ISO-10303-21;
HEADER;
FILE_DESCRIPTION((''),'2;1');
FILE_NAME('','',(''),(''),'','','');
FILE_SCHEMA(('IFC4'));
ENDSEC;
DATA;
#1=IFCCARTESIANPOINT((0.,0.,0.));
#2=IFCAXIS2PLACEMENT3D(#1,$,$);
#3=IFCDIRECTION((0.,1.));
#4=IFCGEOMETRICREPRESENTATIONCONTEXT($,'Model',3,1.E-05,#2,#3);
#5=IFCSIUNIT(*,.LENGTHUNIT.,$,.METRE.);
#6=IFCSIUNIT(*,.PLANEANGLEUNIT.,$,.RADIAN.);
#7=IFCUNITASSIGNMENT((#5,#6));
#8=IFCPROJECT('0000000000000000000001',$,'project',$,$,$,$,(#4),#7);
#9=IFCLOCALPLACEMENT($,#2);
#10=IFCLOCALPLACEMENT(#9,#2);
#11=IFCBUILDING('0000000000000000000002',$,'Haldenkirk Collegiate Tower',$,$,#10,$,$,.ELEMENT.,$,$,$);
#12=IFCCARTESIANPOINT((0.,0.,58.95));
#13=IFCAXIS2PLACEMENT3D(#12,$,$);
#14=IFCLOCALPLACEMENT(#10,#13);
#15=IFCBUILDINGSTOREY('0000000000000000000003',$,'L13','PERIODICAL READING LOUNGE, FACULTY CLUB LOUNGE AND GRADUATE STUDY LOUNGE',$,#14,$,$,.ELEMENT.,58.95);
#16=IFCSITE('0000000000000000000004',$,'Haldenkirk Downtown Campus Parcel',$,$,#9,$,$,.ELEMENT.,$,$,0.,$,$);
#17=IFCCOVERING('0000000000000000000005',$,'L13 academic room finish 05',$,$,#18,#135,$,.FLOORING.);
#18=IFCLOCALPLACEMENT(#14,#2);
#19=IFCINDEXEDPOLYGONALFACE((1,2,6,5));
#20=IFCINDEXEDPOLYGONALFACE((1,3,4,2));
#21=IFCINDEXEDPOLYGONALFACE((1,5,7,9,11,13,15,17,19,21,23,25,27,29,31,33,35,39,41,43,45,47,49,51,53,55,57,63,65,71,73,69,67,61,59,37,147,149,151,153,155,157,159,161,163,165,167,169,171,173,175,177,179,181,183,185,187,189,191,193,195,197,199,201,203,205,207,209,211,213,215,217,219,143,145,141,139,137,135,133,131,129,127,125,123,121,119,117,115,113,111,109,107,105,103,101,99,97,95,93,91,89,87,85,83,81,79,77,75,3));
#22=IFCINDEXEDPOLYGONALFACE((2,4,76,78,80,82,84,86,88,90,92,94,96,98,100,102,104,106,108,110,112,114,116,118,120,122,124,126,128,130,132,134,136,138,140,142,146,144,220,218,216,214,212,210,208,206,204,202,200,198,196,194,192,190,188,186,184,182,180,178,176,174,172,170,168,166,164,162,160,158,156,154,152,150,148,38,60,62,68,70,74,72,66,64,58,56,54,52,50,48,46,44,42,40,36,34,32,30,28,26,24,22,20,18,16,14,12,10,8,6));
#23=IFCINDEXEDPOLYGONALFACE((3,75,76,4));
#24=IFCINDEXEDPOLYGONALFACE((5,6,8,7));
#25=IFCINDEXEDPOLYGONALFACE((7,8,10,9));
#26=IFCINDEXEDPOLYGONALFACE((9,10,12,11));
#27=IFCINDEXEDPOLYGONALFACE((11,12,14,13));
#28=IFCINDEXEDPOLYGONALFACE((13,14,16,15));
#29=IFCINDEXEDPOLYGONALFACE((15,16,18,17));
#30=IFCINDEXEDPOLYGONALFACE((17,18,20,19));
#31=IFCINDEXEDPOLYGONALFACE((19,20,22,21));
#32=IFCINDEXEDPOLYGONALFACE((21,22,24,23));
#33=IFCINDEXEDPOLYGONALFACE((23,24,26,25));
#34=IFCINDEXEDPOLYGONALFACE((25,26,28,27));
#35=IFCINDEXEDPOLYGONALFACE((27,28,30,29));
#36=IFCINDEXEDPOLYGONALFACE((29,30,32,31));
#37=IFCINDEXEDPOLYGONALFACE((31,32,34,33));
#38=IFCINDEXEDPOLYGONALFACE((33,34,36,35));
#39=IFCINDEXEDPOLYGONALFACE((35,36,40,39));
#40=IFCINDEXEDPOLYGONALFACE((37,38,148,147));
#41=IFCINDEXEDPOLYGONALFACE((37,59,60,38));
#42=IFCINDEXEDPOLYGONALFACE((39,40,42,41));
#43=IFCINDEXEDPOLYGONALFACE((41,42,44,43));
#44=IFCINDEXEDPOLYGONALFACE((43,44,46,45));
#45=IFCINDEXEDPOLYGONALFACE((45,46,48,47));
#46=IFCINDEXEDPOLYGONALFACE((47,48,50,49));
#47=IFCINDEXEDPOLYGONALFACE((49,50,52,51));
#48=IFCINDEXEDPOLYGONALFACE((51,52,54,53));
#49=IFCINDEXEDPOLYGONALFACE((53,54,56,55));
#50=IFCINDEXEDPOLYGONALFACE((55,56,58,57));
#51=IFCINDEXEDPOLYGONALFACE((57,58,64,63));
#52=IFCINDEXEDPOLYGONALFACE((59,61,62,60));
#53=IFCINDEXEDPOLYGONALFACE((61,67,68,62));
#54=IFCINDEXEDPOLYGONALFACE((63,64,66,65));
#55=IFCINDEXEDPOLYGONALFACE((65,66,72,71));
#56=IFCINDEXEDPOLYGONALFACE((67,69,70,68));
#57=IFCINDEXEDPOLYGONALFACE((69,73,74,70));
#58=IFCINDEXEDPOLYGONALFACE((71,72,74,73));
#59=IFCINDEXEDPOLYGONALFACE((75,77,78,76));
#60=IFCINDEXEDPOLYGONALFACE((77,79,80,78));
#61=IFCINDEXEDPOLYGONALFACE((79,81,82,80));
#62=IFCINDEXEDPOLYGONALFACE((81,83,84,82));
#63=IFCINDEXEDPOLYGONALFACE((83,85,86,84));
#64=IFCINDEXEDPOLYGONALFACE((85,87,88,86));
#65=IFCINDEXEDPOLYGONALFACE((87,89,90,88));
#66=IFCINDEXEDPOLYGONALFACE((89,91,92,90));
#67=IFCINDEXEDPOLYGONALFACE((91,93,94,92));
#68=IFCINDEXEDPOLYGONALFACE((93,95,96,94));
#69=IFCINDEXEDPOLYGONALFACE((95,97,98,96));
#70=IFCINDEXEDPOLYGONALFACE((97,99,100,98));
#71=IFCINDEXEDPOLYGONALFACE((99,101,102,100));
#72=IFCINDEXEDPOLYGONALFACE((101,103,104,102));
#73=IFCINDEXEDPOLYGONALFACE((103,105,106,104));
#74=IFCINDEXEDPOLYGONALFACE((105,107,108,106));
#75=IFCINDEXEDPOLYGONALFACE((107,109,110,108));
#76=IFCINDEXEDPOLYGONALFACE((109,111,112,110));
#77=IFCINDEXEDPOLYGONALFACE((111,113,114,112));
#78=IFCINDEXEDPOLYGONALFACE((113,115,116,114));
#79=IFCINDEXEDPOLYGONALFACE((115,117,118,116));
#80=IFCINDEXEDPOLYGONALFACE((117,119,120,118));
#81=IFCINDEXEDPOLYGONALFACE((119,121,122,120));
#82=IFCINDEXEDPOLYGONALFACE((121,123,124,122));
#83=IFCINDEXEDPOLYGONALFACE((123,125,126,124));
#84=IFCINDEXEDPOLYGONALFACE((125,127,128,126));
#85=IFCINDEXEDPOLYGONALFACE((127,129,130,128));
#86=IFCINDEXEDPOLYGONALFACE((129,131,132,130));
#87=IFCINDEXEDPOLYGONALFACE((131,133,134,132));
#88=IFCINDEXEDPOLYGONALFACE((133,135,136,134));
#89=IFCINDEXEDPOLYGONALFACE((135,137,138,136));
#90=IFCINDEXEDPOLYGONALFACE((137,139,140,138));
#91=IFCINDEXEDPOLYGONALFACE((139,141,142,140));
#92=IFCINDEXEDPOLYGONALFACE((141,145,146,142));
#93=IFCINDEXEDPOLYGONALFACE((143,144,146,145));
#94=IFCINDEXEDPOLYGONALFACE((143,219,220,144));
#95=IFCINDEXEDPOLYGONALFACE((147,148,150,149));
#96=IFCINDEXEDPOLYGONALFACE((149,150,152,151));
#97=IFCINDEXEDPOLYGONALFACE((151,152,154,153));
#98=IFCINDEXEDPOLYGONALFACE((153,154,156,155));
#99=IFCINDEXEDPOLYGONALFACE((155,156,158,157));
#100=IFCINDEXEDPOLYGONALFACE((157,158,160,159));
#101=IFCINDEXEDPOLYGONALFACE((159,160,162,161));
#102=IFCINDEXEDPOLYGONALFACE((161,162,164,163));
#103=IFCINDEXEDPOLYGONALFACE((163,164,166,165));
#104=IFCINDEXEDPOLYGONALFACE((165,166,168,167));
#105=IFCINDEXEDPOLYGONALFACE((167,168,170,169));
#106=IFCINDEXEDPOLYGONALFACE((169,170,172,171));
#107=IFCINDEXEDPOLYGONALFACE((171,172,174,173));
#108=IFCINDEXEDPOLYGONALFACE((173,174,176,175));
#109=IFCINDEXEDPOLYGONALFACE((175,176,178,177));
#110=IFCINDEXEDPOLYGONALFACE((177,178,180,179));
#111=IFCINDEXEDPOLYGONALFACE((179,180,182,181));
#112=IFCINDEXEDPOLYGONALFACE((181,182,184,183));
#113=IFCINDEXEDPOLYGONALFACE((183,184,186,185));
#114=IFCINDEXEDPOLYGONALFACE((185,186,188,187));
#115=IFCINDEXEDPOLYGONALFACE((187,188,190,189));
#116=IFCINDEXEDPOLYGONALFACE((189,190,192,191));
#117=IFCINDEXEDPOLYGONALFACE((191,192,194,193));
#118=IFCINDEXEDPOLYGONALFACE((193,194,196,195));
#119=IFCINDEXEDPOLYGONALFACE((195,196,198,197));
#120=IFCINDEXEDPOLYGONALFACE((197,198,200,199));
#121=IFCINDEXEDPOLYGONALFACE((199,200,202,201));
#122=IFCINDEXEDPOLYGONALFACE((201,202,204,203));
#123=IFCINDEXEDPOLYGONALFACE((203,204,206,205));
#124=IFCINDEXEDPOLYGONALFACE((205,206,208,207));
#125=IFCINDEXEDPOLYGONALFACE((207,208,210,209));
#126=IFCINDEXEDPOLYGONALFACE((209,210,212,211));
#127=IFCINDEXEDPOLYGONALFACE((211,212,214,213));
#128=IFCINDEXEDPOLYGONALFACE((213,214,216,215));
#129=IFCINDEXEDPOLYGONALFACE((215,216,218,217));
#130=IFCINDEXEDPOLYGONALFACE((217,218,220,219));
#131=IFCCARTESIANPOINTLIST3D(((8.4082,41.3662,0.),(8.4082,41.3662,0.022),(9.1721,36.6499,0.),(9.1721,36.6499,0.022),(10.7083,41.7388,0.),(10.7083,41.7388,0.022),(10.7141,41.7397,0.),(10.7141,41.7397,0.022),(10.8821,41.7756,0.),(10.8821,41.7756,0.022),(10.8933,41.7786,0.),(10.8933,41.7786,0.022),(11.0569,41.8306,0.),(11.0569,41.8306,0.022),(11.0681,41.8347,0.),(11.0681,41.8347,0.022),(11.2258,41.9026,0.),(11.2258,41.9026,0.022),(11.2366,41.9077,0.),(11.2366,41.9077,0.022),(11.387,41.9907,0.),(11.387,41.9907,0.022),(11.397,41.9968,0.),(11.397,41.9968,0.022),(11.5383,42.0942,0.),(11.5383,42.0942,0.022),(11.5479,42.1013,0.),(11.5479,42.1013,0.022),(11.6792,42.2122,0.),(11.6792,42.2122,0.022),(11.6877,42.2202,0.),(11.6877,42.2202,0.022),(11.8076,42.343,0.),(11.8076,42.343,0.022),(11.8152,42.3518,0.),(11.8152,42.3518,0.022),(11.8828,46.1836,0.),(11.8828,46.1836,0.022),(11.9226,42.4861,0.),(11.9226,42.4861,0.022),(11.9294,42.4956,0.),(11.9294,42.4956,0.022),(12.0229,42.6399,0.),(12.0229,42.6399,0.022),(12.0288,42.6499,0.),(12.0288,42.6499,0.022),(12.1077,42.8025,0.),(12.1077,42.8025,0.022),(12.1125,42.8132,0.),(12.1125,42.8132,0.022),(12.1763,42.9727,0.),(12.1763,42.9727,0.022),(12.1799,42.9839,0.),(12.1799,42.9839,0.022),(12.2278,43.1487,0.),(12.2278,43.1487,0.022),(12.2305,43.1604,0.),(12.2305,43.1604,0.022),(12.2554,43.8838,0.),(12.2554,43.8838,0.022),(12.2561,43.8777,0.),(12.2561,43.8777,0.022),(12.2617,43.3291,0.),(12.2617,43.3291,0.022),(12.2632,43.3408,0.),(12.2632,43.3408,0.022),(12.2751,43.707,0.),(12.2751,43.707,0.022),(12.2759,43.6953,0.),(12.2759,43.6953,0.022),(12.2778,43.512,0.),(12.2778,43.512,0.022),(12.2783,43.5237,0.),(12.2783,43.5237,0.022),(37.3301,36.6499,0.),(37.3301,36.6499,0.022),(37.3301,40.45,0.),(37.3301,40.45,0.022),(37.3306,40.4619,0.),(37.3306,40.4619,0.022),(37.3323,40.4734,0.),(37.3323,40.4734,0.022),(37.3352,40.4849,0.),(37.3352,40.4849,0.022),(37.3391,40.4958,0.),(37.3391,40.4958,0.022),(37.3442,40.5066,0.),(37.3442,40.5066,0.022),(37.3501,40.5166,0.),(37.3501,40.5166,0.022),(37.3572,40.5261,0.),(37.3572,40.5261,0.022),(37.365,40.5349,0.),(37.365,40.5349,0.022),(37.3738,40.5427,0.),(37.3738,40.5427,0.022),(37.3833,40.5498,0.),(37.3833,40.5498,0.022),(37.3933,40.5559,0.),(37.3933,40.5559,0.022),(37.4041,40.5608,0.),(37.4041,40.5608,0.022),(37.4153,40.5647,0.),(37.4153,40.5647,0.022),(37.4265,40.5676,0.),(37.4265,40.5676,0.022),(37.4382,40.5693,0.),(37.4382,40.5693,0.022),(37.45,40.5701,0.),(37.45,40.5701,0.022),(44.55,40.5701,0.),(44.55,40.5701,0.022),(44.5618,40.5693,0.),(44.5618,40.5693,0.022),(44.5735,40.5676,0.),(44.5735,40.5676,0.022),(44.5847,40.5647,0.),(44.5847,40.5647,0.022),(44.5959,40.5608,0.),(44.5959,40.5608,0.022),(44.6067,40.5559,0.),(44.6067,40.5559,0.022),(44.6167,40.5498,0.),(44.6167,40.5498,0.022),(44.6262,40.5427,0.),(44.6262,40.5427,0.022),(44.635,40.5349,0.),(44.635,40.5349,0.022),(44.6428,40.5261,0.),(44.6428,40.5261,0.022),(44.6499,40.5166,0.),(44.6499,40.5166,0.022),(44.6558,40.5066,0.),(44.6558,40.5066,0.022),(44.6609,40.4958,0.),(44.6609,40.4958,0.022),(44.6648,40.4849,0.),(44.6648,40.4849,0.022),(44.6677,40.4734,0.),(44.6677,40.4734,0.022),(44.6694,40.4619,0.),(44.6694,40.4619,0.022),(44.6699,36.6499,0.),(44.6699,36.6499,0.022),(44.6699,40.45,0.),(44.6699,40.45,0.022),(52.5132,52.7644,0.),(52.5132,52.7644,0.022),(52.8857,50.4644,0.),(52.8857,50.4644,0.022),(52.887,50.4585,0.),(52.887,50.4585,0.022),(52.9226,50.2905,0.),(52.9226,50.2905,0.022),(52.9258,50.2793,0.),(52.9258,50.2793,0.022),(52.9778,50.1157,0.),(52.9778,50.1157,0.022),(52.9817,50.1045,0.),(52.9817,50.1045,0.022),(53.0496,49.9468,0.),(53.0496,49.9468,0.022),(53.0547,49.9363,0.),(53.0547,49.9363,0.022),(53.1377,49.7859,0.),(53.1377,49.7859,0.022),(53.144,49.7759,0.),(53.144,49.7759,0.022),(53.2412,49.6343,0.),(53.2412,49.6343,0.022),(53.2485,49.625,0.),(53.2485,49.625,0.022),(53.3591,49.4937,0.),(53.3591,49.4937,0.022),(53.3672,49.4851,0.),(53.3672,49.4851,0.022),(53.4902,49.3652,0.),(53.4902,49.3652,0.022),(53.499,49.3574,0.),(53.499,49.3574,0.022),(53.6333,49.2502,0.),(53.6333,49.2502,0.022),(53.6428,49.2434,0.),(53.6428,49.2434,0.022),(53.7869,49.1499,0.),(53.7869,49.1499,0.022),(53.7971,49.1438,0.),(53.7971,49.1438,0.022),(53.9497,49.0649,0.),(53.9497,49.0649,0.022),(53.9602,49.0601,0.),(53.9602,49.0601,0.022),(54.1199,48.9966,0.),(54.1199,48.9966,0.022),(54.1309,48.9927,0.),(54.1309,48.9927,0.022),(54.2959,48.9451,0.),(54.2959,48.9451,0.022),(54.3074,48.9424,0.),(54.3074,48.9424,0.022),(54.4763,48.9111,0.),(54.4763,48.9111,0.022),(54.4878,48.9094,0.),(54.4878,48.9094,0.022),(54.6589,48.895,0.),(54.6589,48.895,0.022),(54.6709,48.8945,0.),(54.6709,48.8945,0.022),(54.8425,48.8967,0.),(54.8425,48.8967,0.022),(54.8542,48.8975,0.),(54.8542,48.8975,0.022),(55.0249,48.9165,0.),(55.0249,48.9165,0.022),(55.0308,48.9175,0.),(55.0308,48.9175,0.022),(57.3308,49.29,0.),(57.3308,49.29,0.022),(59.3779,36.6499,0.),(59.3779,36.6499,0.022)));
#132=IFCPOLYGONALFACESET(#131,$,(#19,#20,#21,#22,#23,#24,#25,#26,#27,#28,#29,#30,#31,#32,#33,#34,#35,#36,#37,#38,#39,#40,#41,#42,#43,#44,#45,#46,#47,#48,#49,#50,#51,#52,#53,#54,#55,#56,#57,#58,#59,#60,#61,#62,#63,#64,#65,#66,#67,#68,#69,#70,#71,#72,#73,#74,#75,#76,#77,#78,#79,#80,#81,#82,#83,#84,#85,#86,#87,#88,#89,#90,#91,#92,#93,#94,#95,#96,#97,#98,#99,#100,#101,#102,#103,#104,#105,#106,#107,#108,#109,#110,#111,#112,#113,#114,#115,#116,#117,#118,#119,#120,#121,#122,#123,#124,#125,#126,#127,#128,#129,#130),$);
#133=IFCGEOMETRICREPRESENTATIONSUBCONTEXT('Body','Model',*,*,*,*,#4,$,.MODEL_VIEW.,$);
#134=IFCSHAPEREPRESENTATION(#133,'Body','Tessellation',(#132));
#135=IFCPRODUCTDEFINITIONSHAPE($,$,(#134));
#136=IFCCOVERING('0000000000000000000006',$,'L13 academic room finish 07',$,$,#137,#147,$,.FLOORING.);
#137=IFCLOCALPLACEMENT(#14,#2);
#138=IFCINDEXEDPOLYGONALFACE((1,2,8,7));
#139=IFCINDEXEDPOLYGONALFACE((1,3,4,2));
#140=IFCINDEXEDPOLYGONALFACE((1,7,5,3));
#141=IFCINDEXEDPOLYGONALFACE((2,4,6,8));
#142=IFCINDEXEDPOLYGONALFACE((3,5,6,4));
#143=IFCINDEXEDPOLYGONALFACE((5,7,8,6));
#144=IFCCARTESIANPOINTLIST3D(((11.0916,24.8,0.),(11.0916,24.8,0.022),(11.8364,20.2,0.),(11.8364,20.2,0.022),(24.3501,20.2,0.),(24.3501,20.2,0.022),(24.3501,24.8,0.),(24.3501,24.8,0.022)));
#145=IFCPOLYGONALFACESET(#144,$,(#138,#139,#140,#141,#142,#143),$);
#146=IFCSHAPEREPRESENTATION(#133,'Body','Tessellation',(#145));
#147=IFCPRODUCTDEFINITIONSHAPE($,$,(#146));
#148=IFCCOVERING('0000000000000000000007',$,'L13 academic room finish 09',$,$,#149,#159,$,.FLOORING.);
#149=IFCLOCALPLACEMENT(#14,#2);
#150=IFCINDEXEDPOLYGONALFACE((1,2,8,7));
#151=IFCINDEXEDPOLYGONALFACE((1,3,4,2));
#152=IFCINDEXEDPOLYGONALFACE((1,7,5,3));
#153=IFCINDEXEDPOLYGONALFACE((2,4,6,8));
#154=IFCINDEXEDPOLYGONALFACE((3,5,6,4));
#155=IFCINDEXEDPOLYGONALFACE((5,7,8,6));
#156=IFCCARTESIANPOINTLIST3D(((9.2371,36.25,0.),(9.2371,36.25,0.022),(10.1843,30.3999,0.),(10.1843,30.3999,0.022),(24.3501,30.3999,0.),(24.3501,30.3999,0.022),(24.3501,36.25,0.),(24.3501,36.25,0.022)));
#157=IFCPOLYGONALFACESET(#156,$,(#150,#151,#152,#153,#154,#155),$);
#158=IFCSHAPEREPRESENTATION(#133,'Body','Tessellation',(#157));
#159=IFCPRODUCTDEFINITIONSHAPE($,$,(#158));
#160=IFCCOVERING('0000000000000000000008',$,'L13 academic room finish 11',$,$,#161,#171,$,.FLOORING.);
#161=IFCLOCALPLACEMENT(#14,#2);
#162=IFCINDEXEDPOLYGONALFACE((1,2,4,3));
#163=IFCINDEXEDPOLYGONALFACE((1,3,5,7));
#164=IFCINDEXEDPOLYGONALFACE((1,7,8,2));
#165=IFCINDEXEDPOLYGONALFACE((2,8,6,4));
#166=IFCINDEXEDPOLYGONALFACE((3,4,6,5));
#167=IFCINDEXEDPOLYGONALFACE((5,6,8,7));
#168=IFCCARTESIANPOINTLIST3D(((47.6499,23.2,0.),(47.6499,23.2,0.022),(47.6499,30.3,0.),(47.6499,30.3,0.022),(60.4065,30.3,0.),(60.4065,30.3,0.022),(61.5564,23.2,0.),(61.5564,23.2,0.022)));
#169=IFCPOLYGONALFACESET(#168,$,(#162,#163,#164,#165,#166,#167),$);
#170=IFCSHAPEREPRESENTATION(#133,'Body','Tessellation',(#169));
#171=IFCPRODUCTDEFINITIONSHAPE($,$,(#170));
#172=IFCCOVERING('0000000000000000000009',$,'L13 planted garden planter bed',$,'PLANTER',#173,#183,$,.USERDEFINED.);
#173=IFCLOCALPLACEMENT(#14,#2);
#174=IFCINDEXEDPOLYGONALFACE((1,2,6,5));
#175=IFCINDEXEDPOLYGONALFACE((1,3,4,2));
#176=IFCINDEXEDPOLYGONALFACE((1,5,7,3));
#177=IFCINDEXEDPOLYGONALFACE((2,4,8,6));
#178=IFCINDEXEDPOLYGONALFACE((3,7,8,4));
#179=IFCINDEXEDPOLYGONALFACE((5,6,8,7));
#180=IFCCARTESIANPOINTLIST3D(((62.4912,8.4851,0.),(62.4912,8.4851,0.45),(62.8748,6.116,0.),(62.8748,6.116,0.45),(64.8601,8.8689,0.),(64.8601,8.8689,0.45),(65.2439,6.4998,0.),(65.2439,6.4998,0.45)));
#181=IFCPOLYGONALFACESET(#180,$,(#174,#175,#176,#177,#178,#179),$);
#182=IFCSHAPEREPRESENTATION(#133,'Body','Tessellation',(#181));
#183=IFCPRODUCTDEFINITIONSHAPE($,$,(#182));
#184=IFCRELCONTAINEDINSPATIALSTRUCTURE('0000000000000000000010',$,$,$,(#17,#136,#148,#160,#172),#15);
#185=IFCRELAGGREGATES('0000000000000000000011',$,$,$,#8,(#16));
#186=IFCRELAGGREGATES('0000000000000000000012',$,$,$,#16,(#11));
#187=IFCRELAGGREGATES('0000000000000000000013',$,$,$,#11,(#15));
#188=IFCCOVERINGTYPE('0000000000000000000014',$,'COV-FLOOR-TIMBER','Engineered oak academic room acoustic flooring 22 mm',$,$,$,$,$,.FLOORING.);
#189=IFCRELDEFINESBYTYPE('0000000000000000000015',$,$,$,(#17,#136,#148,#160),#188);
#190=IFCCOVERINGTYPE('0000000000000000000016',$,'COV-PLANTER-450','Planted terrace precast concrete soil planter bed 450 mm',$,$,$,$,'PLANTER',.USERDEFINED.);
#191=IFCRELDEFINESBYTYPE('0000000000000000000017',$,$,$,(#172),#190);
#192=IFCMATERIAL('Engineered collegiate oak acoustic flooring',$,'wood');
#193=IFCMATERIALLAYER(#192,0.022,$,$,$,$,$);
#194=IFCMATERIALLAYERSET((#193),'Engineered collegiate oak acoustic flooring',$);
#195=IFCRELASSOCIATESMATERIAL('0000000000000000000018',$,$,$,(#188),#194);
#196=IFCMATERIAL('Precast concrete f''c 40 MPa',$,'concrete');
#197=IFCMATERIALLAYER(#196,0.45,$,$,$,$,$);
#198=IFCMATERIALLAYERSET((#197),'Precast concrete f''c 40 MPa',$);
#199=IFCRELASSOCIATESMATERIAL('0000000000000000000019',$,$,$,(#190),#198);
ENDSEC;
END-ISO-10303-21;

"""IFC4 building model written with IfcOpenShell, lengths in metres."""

from ifc_helpers import new_model, si_unit, direction, frame, origin, place, context, subcontext, project, spatial, polyline, outline, extrude, material, layer, layer_set, type_object, element, save


model = new_model("IFC4")

# Units and contexts
model_context = context("Model", 3, precision=1e-05, world=origin(), true_north=direction((0.0, 1.0)))
body_context = subcontext(model_context, "Body", "Model", "MODEL_VIEW")
ifc_project = project(units=[si_unit("LENGTHUNIT", "METRE"), si_unit("PLANEANGLEUNIT", "RADIAN")], contexts=[model_context])

# Site, building, storey
site_placement = place(None, origin())
site = spatial("IfcSite", under=ifc_project, at=site_placement, Name="Haldenkirk Downtown Campus Parcel", CompositionType="ELEMENT", RefElevation=0.0)
building_placement = place(site_placement, origin())
building = spatial("IfcBuilding", under=site, at=building_placement, Name="Haldenkirk Collegiate Tower", CompositionType="ELEMENT")
storey_placement = place(building_placement, frame((0.0, 0.0, 58.95)))
storey = spatial("IfcBuildingStorey", under=building, at=storey_placement, Name="L13", Description="PERIODICAL READING LOUNGE, FACULTY CLUB LOUNGE AND GRADUATE STUDY LOUNGE", CompositionType="ELEMENT", Elevation=58.95)

# Shared definitions
ifc_material_1 = material(Name="Precast concrete f'c 40 MPa", Category="concrete")

# Coverings
ifc_material_2 = material(Name="Engineered collegiate oak acoustic flooring", Category="wood")
ifc_layer_1 = layer(ifc_material_2, 0.022)
ifc_layer_set_1 = layer_set([ifc_layer_1], Name="Engineered collegiate oak acoustic flooring")
covering_type_1 = type_object("IfcCoveringType", Name="COV-FLOOR-TIMBER", Description="Engineered oak academic room acoustic flooring 22 mm", PredefinedType="FLOORING", material=ifc_layer_set_1)
covering_1_placement = place(storey_placement, origin())
element("IfcCovering", 1, at=covering_1_placement, inside=storey, type_object=covering_type_1, Name="L13 academic room finish 05", PredefinedType="FLOORING", context=body_context, shape_type="SweptSolid", body=[
    extrude(outline(polyline([(10.7083, 41.7388), (10.7141, 41.7397), (10.8821, 41.7756), (10.8933, 41.7786), (11.0569, 41.8306), (11.0681, 41.8347), (11.2258, 41.9026), (11.2366, 41.9077), (11.387, 41.9907), (11.397, 41.9968), (11.5383, 42.0942), (11.5479, 42.1013), (11.6792, 42.2122), (11.6877, 42.2202), (11.8076, 42.343), (11.8152, 42.3518), (11.9226, 42.4861), (11.9294, 42.4956), (12.0229, 42.6399), (12.0288, 42.6499), (12.1077, 42.8025), (12.1125, 42.8132), (12.1763, 42.9727), (12.1799, 42.9839), (12.2278, 43.1487), (12.2305, 43.1604), (12.2617, 43.3291), (12.2632, 43.3408), (12.2778, 43.512), (12.2783, 43.5237), (12.2759, 43.6953), (12.2751, 43.707), (12.2561, 43.8777), (12.2554, 43.8838), (11.8828, 46.1836), (52.5132, 52.7644), (52.8857, 50.4644), (52.887, 50.4585), (52.9226, 50.2905), (52.9258, 50.2793), (52.9778, 50.1157), (52.9817, 50.1045), (53.0496, 49.9468), (53.0547, 49.9363), (53.1377, 49.7859), (53.144, 49.7759), (53.2412, 49.6343), (53.2485, 49.625), (53.3591, 49.4937), (53.3672, 49.4851), (53.4902, 49.3652), (53.499, 49.3574), (53.6333, 49.2502), (53.6428, 49.2434), (53.7869, 49.1499), (53.7971, 49.1438), (53.9497, 49.0649), (53.9602, 49.0601), (54.1199, 48.9966), (54.1309, 48.9927), (54.2959, 48.9451), (54.3074, 48.9424), (54.4763, 48.9111), (54.4878, 48.9094), (54.6589, 48.895), (54.6709, 48.8945), (54.8425, 48.8967), (54.8542, 48.8975), (55.0249, 48.9165), (55.0308, 48.9175), (57.3308, 49.29), (59.3779, 36.6499), (44.6699, 36.6499), (44.6699, 40.45), (44.6694, 40.4619), (44.6677, 40.4734), (44.6648, 40.4849), (44.6609, 40.4958), (44.6558, 40.5066), (44.6499, 40.5166), (44.6428, 40.5261), (44.635, 40.5349), (44.6262, 40.5427), (44.6167, 40.5498), (44.6067, 40.5559), (44.5959, 40.5608), (44.5847, 40.5647), (44.5735, 40.5676), (44.5618, 40.5693), (44.55, 40.5701), (37.45, 40.5701), (37.4382, 40.5693), (37.4265, 40.5676), (37.4153, 40.5647), (37.4041, 40.5608), (37.3933, 40.5559), (37.3833, 40.5498), (37.3738, 40.5427), (37.365, 40.5349), (37.3572, 40.5261), (37.3501, 40.5166), (37.3442, 40.5066), (37.3391, 40.4958), (37.3352, 40.4849), (37.3323, 40.4734), (37.3306, 40.4619), (37.3301, 40.45), (37.3301, 36.6499), (9.1721, 36.6499), (8.4082, 41.3662), (10.7083, 41.7388)])), origin(), (0.0, 0.0, 1.0), 0.022),
])
covering_2_placement = place(storey_placement, origin())
element("IfcCovering", 2, at=covering_2_placement, inside=storey, type_object=covering_type_1, Name="L13 academic room finish 07", PredefinedType="FLOORING", context=body_context, shape_type="SweptSolid", body=[
    extrude(outline(polyline([(11.0916, 24.8), (24.3501, 24.8), (24.3501, 20.2), (11.8364, 20.2), (11.0916, 24.8)])), origin(), (0.0, 0.0, 1.0), 0.022),
])
covering_3_placement = place(storey_placement, origin())
element("IfcCovering", 3, at=covering_3_placement, inside=storey, type_object=covering_type_1, Name="L13 academic room finish 09", PredefinedType="FLOORING", context=body_context, shape_type="SweptSolid", body=[
    extrude(outline(polyline([(9.2371, 36.25), (24.3501, 36.25), (24.3501, 30.3999), (10.1843, 30.3999), (9.2371, 36.25)])), origin(), (0.0, 0.0, 1.0), 0.022),
])
covering_4_placement = place(storey_placement, origin())
element("IfcCovering", 4, at=covering_4_placement, inside=storey, type_object=covering_type_1, Name="L13 academic room finish 11", PredefinedType="FLOORING", context=body_context, shape_type="SweptSolid", body=[
    extrude(outline(polyline([(61.5564, 23.2), (47.6499, 23.2), (47.6499, 30.3), (60.4065, 30.3), (61.5564, 23.2)])), origin(), (0.0, 0.0, 1.0), 0.022),
])
ifc_layer_2 = layer(ifc_material_1, 0.45)
ifc_layer_set_2 = layer_set([ifc_layer_2], Name="Precast concrete f'c 40 MPa")
covering_type_2 = type_object("IfcCoveringType", Name="COV-PLANTER-450", Description="Planted terrace precast concrete soil planter bed 450 mm", ElementType="PLANTER", PredefinedType="USERDEFINED", material=ifc_layer_set_2)
covering_5_placement = place(storey_placement, origin())
element("IfcCovering", 5, at=covering_5_placement, inside=storey, type_object=covering_type_2, Name="L13 planted garden planter bed", ObjectType="PLANTER", PredefinedType="USERDEFINED", context=body_context, shape_type="SweptSolid", body=[
    extrude(outline(polyline([(62.8748, 6.116), (62.4912, 8.4851), (64.8601, 8.8689), (65.2439, 6.4998), (62.8748, 6.116)])), origin(), (0.0, 0.0, 1.0), 0.45),
])

save(model, "model.ifc")
